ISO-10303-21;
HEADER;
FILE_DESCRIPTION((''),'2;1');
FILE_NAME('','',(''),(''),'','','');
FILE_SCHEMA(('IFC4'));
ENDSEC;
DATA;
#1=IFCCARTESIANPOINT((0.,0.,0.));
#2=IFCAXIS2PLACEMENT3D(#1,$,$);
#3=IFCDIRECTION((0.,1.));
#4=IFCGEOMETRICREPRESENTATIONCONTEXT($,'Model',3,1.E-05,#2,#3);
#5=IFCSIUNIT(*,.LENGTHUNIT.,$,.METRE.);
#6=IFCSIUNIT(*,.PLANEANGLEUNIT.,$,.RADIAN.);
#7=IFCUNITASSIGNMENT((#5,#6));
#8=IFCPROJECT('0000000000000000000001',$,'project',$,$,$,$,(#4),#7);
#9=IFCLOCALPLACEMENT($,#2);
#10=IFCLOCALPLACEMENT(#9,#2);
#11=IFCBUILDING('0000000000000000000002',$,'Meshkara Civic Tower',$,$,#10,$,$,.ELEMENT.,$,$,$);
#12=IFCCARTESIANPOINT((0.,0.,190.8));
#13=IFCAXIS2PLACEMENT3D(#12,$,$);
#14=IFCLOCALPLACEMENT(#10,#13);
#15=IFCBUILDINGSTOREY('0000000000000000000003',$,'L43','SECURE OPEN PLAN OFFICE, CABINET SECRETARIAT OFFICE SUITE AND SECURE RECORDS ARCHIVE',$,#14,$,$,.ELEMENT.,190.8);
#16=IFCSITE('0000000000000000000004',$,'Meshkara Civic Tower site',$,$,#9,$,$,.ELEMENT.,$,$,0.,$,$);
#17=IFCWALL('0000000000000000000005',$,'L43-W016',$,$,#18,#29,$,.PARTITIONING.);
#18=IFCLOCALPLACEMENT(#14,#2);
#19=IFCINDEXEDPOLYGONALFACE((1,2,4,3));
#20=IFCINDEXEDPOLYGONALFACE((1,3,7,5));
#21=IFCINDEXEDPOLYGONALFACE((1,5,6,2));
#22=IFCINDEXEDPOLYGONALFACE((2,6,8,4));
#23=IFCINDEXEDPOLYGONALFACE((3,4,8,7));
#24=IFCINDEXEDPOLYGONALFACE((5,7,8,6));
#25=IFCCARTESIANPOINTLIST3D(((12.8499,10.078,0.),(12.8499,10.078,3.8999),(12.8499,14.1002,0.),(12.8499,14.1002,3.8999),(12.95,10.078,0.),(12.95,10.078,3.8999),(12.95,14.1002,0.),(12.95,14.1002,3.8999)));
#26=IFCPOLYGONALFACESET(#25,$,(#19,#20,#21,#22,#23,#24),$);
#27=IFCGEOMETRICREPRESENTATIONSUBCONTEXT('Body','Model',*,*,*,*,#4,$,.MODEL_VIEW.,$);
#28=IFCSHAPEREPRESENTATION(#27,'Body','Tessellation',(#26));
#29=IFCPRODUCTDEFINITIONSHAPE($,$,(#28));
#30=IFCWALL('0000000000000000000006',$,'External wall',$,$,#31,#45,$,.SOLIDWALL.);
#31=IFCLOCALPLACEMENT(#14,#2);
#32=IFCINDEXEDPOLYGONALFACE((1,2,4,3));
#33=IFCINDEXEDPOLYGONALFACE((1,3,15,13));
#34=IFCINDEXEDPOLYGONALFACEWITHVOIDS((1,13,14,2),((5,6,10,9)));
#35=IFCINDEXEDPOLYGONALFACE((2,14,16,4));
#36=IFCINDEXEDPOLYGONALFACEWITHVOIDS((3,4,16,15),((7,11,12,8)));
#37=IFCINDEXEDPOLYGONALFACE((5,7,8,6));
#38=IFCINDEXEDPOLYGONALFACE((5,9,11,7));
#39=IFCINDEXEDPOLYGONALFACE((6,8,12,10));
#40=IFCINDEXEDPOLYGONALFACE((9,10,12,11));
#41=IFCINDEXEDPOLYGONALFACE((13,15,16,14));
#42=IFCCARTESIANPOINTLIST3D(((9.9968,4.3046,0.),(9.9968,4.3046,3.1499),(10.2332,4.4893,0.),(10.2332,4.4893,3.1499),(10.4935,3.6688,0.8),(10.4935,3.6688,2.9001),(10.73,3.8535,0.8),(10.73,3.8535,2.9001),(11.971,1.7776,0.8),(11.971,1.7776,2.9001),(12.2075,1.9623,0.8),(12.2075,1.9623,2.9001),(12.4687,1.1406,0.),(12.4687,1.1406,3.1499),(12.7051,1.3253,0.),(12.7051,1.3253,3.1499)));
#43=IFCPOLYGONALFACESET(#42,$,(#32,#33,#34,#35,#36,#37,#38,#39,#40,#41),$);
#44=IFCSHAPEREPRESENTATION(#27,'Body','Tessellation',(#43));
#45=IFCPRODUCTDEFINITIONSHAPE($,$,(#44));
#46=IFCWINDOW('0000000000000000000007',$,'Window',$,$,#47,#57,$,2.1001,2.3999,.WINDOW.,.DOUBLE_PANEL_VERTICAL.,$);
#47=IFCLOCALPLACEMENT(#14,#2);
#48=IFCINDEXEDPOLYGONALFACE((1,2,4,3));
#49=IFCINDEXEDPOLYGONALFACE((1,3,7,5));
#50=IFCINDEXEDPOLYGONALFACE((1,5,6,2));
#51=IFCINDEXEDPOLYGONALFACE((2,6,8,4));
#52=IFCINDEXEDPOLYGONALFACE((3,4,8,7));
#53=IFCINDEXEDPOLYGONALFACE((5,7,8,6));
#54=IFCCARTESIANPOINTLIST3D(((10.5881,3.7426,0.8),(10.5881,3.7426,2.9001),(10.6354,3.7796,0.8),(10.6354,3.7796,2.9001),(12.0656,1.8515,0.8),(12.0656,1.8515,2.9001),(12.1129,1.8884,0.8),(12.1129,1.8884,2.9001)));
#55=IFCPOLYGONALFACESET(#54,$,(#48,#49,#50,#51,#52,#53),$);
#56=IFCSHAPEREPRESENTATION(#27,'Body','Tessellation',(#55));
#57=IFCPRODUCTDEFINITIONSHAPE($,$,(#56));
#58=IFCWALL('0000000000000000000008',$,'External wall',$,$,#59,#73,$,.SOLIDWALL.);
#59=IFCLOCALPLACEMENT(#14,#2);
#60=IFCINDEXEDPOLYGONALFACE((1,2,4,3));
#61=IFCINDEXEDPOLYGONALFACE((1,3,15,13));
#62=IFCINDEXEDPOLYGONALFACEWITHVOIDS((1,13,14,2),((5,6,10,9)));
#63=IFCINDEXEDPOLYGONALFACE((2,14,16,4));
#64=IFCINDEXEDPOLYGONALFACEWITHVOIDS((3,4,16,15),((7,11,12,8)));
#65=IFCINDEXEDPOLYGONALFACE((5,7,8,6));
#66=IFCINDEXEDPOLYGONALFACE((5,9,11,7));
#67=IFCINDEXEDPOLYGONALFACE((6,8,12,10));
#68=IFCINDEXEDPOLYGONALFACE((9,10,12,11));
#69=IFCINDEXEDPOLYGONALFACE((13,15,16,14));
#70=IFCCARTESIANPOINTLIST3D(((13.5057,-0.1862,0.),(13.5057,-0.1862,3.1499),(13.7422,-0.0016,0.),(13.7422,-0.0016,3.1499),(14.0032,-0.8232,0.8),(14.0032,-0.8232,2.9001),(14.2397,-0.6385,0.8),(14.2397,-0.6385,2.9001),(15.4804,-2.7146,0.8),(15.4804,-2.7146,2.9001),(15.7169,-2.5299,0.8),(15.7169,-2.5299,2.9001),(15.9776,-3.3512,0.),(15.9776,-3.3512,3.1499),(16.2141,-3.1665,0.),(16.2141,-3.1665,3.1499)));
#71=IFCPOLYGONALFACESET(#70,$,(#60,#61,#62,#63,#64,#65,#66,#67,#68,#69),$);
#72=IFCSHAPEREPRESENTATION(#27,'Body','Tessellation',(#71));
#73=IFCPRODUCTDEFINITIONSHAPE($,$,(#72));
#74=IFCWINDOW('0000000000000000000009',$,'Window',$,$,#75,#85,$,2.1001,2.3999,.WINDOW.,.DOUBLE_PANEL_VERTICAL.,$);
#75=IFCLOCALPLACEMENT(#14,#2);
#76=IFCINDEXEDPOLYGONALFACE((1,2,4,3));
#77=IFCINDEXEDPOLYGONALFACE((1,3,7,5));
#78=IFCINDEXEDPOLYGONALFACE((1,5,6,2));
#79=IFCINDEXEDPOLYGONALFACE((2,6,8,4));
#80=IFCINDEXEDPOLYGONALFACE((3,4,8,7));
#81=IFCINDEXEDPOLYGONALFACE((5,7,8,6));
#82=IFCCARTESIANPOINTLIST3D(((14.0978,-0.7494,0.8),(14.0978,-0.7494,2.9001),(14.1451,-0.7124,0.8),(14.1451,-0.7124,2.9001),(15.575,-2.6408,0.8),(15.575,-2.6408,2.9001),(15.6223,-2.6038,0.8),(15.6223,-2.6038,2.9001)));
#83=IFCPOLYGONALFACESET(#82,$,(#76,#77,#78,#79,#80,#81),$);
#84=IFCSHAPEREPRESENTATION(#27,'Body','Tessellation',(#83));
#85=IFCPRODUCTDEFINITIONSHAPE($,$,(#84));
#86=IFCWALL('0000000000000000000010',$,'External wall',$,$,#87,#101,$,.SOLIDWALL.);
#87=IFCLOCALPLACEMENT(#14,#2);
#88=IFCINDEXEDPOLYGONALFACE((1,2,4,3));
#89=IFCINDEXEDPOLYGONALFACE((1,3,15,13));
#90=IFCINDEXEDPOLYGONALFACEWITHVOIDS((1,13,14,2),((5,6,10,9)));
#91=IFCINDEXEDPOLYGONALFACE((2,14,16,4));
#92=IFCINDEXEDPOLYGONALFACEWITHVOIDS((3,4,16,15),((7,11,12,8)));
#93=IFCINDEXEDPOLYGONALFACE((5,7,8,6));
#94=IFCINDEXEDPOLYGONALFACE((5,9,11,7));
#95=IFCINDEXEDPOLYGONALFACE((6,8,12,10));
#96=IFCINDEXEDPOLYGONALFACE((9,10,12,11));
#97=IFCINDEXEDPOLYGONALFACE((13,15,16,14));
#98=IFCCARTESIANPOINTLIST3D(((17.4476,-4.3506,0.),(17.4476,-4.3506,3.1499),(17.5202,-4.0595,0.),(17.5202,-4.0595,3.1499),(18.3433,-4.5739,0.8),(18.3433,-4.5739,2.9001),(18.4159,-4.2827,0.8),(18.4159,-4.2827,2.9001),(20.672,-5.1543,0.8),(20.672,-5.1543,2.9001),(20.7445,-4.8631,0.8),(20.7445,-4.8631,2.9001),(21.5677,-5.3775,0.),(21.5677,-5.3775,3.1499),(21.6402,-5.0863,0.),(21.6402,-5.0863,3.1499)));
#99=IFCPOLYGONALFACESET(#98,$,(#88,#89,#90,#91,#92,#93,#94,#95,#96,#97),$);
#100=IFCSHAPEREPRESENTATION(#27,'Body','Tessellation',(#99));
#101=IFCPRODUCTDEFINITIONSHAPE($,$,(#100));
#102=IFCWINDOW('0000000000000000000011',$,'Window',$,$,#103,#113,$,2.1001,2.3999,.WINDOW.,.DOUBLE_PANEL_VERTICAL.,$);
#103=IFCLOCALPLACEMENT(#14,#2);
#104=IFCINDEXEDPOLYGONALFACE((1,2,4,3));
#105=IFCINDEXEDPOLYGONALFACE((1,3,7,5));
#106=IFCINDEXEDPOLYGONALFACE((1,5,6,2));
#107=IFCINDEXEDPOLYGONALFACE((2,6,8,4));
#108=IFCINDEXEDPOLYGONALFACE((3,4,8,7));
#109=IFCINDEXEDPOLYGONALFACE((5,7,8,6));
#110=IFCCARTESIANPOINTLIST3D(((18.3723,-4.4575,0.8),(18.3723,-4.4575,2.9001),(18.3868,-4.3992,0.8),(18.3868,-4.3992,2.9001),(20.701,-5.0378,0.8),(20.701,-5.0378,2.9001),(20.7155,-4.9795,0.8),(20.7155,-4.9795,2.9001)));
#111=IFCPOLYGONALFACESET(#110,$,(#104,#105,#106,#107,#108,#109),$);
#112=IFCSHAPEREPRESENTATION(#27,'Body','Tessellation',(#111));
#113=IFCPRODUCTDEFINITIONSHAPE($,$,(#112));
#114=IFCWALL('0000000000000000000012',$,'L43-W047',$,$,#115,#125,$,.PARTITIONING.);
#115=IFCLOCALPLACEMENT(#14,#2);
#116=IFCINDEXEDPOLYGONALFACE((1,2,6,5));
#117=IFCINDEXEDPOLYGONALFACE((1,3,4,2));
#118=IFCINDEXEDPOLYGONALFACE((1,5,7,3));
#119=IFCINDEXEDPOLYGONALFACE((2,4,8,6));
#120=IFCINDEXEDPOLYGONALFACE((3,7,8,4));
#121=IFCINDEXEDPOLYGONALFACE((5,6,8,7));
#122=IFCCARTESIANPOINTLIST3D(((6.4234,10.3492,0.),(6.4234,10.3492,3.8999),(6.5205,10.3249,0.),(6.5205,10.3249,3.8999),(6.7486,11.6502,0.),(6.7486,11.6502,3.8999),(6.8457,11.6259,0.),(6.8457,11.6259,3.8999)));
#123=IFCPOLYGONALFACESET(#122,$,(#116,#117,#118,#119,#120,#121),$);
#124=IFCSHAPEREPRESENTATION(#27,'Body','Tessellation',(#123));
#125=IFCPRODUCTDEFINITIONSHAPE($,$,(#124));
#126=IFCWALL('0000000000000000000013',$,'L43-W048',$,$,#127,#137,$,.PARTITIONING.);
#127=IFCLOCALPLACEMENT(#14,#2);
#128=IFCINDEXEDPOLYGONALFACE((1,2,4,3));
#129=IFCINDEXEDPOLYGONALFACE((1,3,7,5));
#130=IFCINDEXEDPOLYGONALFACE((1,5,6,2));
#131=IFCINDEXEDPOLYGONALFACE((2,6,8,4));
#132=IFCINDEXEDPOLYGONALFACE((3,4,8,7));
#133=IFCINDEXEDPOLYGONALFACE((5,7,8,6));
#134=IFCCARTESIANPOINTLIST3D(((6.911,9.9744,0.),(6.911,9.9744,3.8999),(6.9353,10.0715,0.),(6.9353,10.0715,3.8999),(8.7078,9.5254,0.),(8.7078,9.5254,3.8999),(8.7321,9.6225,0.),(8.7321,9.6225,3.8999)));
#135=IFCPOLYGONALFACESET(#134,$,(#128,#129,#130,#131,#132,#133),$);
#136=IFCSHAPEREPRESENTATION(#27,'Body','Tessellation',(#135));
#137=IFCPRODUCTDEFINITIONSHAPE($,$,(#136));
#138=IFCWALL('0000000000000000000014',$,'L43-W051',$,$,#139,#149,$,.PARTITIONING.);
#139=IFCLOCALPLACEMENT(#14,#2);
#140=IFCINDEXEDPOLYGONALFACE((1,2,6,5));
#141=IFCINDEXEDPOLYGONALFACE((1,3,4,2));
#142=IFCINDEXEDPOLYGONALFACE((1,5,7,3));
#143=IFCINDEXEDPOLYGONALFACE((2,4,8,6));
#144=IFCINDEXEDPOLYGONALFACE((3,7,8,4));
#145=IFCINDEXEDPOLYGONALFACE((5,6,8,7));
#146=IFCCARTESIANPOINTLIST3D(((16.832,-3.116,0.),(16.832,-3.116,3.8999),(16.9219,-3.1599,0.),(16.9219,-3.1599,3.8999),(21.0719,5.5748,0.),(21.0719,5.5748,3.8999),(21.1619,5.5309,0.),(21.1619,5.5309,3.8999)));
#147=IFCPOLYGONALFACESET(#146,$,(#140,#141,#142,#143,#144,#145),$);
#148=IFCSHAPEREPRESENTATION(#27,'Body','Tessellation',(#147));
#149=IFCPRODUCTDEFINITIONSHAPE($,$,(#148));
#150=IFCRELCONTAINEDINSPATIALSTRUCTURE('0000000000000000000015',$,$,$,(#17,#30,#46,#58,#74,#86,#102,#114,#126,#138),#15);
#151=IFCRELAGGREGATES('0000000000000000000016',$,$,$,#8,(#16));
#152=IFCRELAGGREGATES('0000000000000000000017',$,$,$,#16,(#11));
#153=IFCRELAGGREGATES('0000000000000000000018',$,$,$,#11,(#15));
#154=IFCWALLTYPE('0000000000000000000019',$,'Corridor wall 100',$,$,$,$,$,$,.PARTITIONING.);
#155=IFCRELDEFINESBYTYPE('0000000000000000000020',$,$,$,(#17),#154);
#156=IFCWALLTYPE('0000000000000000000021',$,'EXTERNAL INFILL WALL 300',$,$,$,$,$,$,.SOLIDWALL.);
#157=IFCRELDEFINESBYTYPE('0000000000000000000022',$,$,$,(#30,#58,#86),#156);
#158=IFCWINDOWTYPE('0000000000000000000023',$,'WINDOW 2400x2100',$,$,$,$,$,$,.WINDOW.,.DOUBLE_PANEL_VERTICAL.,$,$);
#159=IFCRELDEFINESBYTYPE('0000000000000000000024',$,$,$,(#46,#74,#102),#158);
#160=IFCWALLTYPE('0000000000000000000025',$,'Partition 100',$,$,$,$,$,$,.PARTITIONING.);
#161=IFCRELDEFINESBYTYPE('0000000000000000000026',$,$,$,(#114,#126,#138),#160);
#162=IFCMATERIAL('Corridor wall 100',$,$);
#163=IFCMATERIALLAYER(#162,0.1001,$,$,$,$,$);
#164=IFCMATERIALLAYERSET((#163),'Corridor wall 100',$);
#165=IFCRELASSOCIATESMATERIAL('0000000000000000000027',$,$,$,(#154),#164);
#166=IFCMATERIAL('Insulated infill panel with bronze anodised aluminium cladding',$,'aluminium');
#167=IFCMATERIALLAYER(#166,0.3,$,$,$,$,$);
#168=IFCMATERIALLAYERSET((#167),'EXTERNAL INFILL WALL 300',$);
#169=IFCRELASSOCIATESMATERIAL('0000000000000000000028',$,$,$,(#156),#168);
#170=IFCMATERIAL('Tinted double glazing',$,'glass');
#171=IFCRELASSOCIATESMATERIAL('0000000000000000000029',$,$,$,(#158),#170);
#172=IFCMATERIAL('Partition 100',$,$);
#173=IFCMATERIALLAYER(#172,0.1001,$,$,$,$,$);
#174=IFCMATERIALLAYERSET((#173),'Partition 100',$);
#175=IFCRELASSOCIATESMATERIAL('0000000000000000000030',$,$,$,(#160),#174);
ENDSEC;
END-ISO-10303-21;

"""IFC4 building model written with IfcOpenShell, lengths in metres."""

from ifc_helpers import new_model, si_unit, direction, frame, frame_2d, origin, place, context, subcontext, project, spatial, rectangle, extrude, material, layer, layer_set, type_object, element, fill, save


model = new_model("IFC4")

# Units and contexts
model_context = context("Model", 3, precision=1e-05, world=origin(), true_north=direction((0.0, 1.0)))
body_context = subcontext(model_context, "Body", "Model", "MODEL_VIEW")
ifc_project = project(units=[si_unit("LENGTHUNIT", "METRE"), si_unit("PLANEANGLEUNIT", "RADIAN")], contexts=[model_context])

# Site, building, storey
site_placement = place(None, origin())
site = spatial("IfcSite", under=ifc_project, at=site_placement, Name="Meshkara Civic Tower site", CompositionType="ELEMENT", RefElevation=0.0)
building_placement = place(site_placement, origin())
building = spatial("IfcBuilding", under=site, at=building_placement, Name="Meshkara Civic Tower", CompositionType="ELEMENT")
storey_placement = place(building_placement, frame((0.0, 0.0, 190.8)))
storey = spatial("IfcBuildingStorey", under=building, at=storey_placement, Name="L43", Description="SECURE OPEN PLAN OFFICE, CABINET SECRETARIAT OFFICE SUITE AND SECURE RECORDS ARCHIVE", CompositionType="ELEMENT", Elevation=190.8)

# Shared definitions
ifc_material_1 = material(Name="Corridor wall 100")
ifc_layer_1 = layer(ifc_material_1, 0.1001)
ifc_layer_set_1 = layer_set([ifc_layer_1], Name="Corridor wall 100")
wall_type_1 = type_object("IfcWallType", Name="Corridor wall 100", PredefinedType="PARTITIONING", material=ifc_layer_set_1)

# Wall
wall_1_placement = place(storey_placement, frame((12.8999, 10.0779, 0.0), z_axis=(0.0, 0.0, 1.0), x_axis=(0.0, 1.0, 0.0)))
element("IfcWall", 1, at=wall_1_placement, inside=storey, type_object=wall_type_1, Name="L43-W016", PredefinedType="PARTITIONING", context=body_context, shape_type="SweptSolid", body=[
    extrude(rectangle(XDim=4.0222, YDim=0.1001, at=frame_2d((2.0112, 0.0))), origin(), (0.0, 0.0, 1.0), 3.8999),
])

# Walls, openings, windows
ifc_material_2 = material(Name="Insulated infill panel with bronze anodised aluminium cladding", Category="aluminium")
ifc_layer_2 = layer(ifc_material_2, 0.3)
ifc_layer_set_2 = layer_set([ifc_layer_2], Name="EXTERNAL INFILL WALL 300")
wall_type_2 = type_object("IfcWallType", Name="EXTERNAL INFILL WALL 300", PredefinedType="SOLIDWALL", material=ifc_layer_set_2)
wall_2_placement = place(storey_placement, frame((10.115, 4.397, 0.0), z_axis=(0.0, 0.0, 1.0), x_axis=(0.615644, -0.788024, 0.0)))
wall_2 = element("IfcWall", 2, at=wall_2_placement, inside=storey, type_object=wall_type_2, Name="External wall", PredefinedType="SOLIDWALL", context=body_context, shape_type="SweptSolid", body=[
    extrude(rectangle(XDim=4.0151, YDim=0.3, at=frame_2d((2.0076, 0.0))), origin(), (0.0, 0.0, 1.0), 3.1499),
])
opening_1_placement = place(wall_2_placement, frame((0.8069, 0.0, 0.8)))
opening_1 = element("IfcOpeningElement", 3, at=opening_1_placement, cuts=wall_2, PredefinedType="OPENING", context=body_context, shape_type="SweptSolid", body=[
    extrude(rectangle(XDim=2.3999, YDim=2.1001, at=frame_2d((1.2, 1.05))), frame((0.0, 0.1599, 0.0), z_axis=(0.0, -1.0, 0.0), x_axis=(1.0, 0.0, 0.0)), (0.0, 0.0, 1.0), 0.3201),
])
ifc_material_3 = material(Name="Tinted double glazing", Category="glass")
window_type = type_object("IfcWindowType", Name="WINDOW 2400x2100", PartitioningType="DOUBLE_PANEL_VERTICAL", PredefinedType="WINDOW", material=ifc_material_3)
window_1_placement = place(opening_1_placement, origin())
window_1 = element("IfcWindow", 4, at=window_1_placement, inside=storey, type_object=window_type, Name="Window", OverallHeight=2.1001, OverallWidth=2.3999, PartitioningType="DOUBLE_PANEL_VERTICAL", PredefinedType="WINDOW", context=body_context, shape_type="SweptSolid", body=[
    extrude(rectangle(XDim=2.3999, YDim=2.1001, at=frame_2d((1.2, 1.05))), frame((0.0, 0.03, 0.0), z_axis=(0.0, -1.0, 0.0), x_axis=(1.0, 0.0, 0.0)), (0.0, 0.0, 1.0), 0.0601),
])
fill(opening_1, window_1)
wall_3_placement = place(storey_placement, frame((13.624, -0.094, 0.0), z_axis=(0.0, 0.0, 1.0), x_axis=(0.615526, -0.788117, 0.0)))
wall_3 = element("IfcWall", 5, at=wall_3_placement, inside=storey, type_object=wall_type_2, Name="External wall", PredefinedType="SOLIDWALL", context=body_context, shape_type="SweptSolid", body=[
    extrude(rectangle(XDim=4.0159, YDim=0.3, at=frame_2d((2.0078, 0.0))), origin(), (0.0, 0.0, 1.0), 3.1499),
])
opening_2_placement = place(wall_3_placement, frame((0.8081, 0.0, 0.8)))
opening_2 = element("IfcOpeningElement", 6, at=opening_2_placement, cuts=wall_3, PredefinedType="OPENING", context=body_context, shape_type="SweptSolid", body=[
    extrude(rectangle(XDim=2.3999, YDim=2.1001, at=frame_2d((1.2, 1.05))), frame((0.0, 0.1599, 0.0), z_axis=(0.0, -1.0, 0.0), x_axis=(1.0, 0.0, 0.0)), (0.0, 0.0, 1.0), 0.3201),
])
window_2_placement = place(opening_2_placement, origin())
window_2 = element("IfcWindow", 7, at=window_2_placement, inside=storey, type_object=window_type, Name="Window", OverallHeight=2.1001, OverallWidth=2.3999, PartitioningType="DOUBLE_PANEL_VERTICAL", PredefinedType="WINDOW", context=body_context, shape_type="SweptSolid", body=[
    extrude(rectangle(XDim=2.3999, YDim=2.1001, at=frame_2d((1.2, 1.05))), frame((0.0, 0.03, 0.0), z_axis=(0.0, -1.0, 0.0), x_axis=(1.0, 0.0, 0.0)), (0.0, 0.0, 1.0), 0.0601),
])
fill(opening_2, window_2)
wall_4_placement = place(storey_placement, frame((17.4839, -4.2051, 0.0), z_axis=(0.0, 0.0, 1.0), x_axis=(0.970318, -0.241832, 0.0)))
wall_4 = element("IfcWall", 8, at=wall_4_placement, inside=storey, type_object=wall_type_2, Name="External wall", PredefinedType="SOLIDWALL", context=body_context, shape_type="SweptSolid", body=[
    extrude(rectangle(XDim=4.2461, YDim=0.3, at=frame_2d((2.123, 0.0))), origin(), (0.0, 0.0, 1.0), 3.1499),
])
opening_3_placement = place(wall_4_placement, frame((0.9231, 0.0, 0.8)))
opening_3 = element("IfcOpeningElement", 9, at=opening_3_placement, cuts=wall_4, PredefinedType="OPENING", context=body_context, shape_type="SweptSolid", body=[
    extrude(rectangle(XDim=2.3999, YDim=2.1001, at=frame_2d((1.2, 1.05))), frame((0.0, 0.1599, 0.0), z_axis=(0.0, -1.0, 0.0), x_axis=(1.0, 0.0, 0.0)), (0.0, 0.0, 1.0), 0.3201),
])
window_3_placement = place(opening_3_placement, origin())
window_3 = element("IfcWindow", 10, at=window_3_placement, inside=storey, type_object=window_type, Name="Window", OverallHeight=2.1001, OverallWidth=2.3999, PartitioningType="DOUBLE_PANEL_VERTICAL", PredefinedType="WINDOW", context=body_context, shape_type="SweptSolid", body=[
    extrude(rectangle(XDim=2.3999, YDim=2.1001, at=frame_2d((1.2, 1.05))), frame((0.0, 0.03, 0.0), z_axis=(0.0, -1.0, 0.0), x_axis=(1.0, 0.0, 0.0)), (0.0, 0.0, 1.0), 0.0601),
])
fill(opening_3, window_3)

# Walls
ifc_material_4 = material(Name="Partition 100")
ifc_layer_3 = layer(ifc_material_4, 0.1001)
ifc_layer_set_3 = layer_set([ifc_layer_3], Name="Partition 100")
wall_type_3 = type_object("IfcWallType", Name="Partition 100", PredefinedType="PARTITIONING", material=ifc_layer_set_3)
wall_5_placement = place(storey_placement, frame((6.7971, 11.6379, 0.0), z_axis=(0.0, 0.0, 1.0), x_axis=(-0.242493, -0.970153, 0.0)))
element("IfcWall", 11, at=wall_5_placement, inside=storey, type_object=wall_type_3, Name="L43-W047", PredefinedType="PARTITIONING", context=body_context, shape_type="SweptSolid", body=[
    extrude(rectangle(XDim=1.3411, YDim=0.1001, at=frame_2d((0.6704, 0.0))), origin(), (0.0, 0.0, 1.0), 3.8999),
])
wall_6_placement = place(storey_placement, frame((8.72, 9.574, 0.0), z_axis=(0.0, 0.0, 1.0), x_axis=(-0.970174, 0.242412, 0.0)))
element("IfcWall", 12, at=wall_6_placement, inside=storey, type_object=wall_type_3, Name="L43-W048", PredefinedType="PARTITIONING", context=body_context, shape_type="SweptSolid", body=[
    extrude(rectangle(XDim=1.8521, YDim=0.1001, at=frame_2d((0.926, 0.0))), origin(), (0.0, 0.0, 1.0), 3.8999),
])
wall_7_placement = place(storey_placement, frame((16.877, -3.1379, 0.0), z_axis=(0.0, 0.0, 1.0), x_axis=(0.438467, 0.898747, 0.0)))
element("IfcWall", 13, at=wall_7_placement, inside=storey, type_object=wall_type_3, Name="L43-W051", PredefinedType="PARTITIONING", context=body_context, shape_type="SweptSolid", body=[
    extrude(rectangle(XDim=9.6699, YDim=0.1001, at=frame_2d((4.835, 0.0))), origin(), (0.0, 0.0, 1.0), 3.8999),
])

save(model, "model.ifc")
